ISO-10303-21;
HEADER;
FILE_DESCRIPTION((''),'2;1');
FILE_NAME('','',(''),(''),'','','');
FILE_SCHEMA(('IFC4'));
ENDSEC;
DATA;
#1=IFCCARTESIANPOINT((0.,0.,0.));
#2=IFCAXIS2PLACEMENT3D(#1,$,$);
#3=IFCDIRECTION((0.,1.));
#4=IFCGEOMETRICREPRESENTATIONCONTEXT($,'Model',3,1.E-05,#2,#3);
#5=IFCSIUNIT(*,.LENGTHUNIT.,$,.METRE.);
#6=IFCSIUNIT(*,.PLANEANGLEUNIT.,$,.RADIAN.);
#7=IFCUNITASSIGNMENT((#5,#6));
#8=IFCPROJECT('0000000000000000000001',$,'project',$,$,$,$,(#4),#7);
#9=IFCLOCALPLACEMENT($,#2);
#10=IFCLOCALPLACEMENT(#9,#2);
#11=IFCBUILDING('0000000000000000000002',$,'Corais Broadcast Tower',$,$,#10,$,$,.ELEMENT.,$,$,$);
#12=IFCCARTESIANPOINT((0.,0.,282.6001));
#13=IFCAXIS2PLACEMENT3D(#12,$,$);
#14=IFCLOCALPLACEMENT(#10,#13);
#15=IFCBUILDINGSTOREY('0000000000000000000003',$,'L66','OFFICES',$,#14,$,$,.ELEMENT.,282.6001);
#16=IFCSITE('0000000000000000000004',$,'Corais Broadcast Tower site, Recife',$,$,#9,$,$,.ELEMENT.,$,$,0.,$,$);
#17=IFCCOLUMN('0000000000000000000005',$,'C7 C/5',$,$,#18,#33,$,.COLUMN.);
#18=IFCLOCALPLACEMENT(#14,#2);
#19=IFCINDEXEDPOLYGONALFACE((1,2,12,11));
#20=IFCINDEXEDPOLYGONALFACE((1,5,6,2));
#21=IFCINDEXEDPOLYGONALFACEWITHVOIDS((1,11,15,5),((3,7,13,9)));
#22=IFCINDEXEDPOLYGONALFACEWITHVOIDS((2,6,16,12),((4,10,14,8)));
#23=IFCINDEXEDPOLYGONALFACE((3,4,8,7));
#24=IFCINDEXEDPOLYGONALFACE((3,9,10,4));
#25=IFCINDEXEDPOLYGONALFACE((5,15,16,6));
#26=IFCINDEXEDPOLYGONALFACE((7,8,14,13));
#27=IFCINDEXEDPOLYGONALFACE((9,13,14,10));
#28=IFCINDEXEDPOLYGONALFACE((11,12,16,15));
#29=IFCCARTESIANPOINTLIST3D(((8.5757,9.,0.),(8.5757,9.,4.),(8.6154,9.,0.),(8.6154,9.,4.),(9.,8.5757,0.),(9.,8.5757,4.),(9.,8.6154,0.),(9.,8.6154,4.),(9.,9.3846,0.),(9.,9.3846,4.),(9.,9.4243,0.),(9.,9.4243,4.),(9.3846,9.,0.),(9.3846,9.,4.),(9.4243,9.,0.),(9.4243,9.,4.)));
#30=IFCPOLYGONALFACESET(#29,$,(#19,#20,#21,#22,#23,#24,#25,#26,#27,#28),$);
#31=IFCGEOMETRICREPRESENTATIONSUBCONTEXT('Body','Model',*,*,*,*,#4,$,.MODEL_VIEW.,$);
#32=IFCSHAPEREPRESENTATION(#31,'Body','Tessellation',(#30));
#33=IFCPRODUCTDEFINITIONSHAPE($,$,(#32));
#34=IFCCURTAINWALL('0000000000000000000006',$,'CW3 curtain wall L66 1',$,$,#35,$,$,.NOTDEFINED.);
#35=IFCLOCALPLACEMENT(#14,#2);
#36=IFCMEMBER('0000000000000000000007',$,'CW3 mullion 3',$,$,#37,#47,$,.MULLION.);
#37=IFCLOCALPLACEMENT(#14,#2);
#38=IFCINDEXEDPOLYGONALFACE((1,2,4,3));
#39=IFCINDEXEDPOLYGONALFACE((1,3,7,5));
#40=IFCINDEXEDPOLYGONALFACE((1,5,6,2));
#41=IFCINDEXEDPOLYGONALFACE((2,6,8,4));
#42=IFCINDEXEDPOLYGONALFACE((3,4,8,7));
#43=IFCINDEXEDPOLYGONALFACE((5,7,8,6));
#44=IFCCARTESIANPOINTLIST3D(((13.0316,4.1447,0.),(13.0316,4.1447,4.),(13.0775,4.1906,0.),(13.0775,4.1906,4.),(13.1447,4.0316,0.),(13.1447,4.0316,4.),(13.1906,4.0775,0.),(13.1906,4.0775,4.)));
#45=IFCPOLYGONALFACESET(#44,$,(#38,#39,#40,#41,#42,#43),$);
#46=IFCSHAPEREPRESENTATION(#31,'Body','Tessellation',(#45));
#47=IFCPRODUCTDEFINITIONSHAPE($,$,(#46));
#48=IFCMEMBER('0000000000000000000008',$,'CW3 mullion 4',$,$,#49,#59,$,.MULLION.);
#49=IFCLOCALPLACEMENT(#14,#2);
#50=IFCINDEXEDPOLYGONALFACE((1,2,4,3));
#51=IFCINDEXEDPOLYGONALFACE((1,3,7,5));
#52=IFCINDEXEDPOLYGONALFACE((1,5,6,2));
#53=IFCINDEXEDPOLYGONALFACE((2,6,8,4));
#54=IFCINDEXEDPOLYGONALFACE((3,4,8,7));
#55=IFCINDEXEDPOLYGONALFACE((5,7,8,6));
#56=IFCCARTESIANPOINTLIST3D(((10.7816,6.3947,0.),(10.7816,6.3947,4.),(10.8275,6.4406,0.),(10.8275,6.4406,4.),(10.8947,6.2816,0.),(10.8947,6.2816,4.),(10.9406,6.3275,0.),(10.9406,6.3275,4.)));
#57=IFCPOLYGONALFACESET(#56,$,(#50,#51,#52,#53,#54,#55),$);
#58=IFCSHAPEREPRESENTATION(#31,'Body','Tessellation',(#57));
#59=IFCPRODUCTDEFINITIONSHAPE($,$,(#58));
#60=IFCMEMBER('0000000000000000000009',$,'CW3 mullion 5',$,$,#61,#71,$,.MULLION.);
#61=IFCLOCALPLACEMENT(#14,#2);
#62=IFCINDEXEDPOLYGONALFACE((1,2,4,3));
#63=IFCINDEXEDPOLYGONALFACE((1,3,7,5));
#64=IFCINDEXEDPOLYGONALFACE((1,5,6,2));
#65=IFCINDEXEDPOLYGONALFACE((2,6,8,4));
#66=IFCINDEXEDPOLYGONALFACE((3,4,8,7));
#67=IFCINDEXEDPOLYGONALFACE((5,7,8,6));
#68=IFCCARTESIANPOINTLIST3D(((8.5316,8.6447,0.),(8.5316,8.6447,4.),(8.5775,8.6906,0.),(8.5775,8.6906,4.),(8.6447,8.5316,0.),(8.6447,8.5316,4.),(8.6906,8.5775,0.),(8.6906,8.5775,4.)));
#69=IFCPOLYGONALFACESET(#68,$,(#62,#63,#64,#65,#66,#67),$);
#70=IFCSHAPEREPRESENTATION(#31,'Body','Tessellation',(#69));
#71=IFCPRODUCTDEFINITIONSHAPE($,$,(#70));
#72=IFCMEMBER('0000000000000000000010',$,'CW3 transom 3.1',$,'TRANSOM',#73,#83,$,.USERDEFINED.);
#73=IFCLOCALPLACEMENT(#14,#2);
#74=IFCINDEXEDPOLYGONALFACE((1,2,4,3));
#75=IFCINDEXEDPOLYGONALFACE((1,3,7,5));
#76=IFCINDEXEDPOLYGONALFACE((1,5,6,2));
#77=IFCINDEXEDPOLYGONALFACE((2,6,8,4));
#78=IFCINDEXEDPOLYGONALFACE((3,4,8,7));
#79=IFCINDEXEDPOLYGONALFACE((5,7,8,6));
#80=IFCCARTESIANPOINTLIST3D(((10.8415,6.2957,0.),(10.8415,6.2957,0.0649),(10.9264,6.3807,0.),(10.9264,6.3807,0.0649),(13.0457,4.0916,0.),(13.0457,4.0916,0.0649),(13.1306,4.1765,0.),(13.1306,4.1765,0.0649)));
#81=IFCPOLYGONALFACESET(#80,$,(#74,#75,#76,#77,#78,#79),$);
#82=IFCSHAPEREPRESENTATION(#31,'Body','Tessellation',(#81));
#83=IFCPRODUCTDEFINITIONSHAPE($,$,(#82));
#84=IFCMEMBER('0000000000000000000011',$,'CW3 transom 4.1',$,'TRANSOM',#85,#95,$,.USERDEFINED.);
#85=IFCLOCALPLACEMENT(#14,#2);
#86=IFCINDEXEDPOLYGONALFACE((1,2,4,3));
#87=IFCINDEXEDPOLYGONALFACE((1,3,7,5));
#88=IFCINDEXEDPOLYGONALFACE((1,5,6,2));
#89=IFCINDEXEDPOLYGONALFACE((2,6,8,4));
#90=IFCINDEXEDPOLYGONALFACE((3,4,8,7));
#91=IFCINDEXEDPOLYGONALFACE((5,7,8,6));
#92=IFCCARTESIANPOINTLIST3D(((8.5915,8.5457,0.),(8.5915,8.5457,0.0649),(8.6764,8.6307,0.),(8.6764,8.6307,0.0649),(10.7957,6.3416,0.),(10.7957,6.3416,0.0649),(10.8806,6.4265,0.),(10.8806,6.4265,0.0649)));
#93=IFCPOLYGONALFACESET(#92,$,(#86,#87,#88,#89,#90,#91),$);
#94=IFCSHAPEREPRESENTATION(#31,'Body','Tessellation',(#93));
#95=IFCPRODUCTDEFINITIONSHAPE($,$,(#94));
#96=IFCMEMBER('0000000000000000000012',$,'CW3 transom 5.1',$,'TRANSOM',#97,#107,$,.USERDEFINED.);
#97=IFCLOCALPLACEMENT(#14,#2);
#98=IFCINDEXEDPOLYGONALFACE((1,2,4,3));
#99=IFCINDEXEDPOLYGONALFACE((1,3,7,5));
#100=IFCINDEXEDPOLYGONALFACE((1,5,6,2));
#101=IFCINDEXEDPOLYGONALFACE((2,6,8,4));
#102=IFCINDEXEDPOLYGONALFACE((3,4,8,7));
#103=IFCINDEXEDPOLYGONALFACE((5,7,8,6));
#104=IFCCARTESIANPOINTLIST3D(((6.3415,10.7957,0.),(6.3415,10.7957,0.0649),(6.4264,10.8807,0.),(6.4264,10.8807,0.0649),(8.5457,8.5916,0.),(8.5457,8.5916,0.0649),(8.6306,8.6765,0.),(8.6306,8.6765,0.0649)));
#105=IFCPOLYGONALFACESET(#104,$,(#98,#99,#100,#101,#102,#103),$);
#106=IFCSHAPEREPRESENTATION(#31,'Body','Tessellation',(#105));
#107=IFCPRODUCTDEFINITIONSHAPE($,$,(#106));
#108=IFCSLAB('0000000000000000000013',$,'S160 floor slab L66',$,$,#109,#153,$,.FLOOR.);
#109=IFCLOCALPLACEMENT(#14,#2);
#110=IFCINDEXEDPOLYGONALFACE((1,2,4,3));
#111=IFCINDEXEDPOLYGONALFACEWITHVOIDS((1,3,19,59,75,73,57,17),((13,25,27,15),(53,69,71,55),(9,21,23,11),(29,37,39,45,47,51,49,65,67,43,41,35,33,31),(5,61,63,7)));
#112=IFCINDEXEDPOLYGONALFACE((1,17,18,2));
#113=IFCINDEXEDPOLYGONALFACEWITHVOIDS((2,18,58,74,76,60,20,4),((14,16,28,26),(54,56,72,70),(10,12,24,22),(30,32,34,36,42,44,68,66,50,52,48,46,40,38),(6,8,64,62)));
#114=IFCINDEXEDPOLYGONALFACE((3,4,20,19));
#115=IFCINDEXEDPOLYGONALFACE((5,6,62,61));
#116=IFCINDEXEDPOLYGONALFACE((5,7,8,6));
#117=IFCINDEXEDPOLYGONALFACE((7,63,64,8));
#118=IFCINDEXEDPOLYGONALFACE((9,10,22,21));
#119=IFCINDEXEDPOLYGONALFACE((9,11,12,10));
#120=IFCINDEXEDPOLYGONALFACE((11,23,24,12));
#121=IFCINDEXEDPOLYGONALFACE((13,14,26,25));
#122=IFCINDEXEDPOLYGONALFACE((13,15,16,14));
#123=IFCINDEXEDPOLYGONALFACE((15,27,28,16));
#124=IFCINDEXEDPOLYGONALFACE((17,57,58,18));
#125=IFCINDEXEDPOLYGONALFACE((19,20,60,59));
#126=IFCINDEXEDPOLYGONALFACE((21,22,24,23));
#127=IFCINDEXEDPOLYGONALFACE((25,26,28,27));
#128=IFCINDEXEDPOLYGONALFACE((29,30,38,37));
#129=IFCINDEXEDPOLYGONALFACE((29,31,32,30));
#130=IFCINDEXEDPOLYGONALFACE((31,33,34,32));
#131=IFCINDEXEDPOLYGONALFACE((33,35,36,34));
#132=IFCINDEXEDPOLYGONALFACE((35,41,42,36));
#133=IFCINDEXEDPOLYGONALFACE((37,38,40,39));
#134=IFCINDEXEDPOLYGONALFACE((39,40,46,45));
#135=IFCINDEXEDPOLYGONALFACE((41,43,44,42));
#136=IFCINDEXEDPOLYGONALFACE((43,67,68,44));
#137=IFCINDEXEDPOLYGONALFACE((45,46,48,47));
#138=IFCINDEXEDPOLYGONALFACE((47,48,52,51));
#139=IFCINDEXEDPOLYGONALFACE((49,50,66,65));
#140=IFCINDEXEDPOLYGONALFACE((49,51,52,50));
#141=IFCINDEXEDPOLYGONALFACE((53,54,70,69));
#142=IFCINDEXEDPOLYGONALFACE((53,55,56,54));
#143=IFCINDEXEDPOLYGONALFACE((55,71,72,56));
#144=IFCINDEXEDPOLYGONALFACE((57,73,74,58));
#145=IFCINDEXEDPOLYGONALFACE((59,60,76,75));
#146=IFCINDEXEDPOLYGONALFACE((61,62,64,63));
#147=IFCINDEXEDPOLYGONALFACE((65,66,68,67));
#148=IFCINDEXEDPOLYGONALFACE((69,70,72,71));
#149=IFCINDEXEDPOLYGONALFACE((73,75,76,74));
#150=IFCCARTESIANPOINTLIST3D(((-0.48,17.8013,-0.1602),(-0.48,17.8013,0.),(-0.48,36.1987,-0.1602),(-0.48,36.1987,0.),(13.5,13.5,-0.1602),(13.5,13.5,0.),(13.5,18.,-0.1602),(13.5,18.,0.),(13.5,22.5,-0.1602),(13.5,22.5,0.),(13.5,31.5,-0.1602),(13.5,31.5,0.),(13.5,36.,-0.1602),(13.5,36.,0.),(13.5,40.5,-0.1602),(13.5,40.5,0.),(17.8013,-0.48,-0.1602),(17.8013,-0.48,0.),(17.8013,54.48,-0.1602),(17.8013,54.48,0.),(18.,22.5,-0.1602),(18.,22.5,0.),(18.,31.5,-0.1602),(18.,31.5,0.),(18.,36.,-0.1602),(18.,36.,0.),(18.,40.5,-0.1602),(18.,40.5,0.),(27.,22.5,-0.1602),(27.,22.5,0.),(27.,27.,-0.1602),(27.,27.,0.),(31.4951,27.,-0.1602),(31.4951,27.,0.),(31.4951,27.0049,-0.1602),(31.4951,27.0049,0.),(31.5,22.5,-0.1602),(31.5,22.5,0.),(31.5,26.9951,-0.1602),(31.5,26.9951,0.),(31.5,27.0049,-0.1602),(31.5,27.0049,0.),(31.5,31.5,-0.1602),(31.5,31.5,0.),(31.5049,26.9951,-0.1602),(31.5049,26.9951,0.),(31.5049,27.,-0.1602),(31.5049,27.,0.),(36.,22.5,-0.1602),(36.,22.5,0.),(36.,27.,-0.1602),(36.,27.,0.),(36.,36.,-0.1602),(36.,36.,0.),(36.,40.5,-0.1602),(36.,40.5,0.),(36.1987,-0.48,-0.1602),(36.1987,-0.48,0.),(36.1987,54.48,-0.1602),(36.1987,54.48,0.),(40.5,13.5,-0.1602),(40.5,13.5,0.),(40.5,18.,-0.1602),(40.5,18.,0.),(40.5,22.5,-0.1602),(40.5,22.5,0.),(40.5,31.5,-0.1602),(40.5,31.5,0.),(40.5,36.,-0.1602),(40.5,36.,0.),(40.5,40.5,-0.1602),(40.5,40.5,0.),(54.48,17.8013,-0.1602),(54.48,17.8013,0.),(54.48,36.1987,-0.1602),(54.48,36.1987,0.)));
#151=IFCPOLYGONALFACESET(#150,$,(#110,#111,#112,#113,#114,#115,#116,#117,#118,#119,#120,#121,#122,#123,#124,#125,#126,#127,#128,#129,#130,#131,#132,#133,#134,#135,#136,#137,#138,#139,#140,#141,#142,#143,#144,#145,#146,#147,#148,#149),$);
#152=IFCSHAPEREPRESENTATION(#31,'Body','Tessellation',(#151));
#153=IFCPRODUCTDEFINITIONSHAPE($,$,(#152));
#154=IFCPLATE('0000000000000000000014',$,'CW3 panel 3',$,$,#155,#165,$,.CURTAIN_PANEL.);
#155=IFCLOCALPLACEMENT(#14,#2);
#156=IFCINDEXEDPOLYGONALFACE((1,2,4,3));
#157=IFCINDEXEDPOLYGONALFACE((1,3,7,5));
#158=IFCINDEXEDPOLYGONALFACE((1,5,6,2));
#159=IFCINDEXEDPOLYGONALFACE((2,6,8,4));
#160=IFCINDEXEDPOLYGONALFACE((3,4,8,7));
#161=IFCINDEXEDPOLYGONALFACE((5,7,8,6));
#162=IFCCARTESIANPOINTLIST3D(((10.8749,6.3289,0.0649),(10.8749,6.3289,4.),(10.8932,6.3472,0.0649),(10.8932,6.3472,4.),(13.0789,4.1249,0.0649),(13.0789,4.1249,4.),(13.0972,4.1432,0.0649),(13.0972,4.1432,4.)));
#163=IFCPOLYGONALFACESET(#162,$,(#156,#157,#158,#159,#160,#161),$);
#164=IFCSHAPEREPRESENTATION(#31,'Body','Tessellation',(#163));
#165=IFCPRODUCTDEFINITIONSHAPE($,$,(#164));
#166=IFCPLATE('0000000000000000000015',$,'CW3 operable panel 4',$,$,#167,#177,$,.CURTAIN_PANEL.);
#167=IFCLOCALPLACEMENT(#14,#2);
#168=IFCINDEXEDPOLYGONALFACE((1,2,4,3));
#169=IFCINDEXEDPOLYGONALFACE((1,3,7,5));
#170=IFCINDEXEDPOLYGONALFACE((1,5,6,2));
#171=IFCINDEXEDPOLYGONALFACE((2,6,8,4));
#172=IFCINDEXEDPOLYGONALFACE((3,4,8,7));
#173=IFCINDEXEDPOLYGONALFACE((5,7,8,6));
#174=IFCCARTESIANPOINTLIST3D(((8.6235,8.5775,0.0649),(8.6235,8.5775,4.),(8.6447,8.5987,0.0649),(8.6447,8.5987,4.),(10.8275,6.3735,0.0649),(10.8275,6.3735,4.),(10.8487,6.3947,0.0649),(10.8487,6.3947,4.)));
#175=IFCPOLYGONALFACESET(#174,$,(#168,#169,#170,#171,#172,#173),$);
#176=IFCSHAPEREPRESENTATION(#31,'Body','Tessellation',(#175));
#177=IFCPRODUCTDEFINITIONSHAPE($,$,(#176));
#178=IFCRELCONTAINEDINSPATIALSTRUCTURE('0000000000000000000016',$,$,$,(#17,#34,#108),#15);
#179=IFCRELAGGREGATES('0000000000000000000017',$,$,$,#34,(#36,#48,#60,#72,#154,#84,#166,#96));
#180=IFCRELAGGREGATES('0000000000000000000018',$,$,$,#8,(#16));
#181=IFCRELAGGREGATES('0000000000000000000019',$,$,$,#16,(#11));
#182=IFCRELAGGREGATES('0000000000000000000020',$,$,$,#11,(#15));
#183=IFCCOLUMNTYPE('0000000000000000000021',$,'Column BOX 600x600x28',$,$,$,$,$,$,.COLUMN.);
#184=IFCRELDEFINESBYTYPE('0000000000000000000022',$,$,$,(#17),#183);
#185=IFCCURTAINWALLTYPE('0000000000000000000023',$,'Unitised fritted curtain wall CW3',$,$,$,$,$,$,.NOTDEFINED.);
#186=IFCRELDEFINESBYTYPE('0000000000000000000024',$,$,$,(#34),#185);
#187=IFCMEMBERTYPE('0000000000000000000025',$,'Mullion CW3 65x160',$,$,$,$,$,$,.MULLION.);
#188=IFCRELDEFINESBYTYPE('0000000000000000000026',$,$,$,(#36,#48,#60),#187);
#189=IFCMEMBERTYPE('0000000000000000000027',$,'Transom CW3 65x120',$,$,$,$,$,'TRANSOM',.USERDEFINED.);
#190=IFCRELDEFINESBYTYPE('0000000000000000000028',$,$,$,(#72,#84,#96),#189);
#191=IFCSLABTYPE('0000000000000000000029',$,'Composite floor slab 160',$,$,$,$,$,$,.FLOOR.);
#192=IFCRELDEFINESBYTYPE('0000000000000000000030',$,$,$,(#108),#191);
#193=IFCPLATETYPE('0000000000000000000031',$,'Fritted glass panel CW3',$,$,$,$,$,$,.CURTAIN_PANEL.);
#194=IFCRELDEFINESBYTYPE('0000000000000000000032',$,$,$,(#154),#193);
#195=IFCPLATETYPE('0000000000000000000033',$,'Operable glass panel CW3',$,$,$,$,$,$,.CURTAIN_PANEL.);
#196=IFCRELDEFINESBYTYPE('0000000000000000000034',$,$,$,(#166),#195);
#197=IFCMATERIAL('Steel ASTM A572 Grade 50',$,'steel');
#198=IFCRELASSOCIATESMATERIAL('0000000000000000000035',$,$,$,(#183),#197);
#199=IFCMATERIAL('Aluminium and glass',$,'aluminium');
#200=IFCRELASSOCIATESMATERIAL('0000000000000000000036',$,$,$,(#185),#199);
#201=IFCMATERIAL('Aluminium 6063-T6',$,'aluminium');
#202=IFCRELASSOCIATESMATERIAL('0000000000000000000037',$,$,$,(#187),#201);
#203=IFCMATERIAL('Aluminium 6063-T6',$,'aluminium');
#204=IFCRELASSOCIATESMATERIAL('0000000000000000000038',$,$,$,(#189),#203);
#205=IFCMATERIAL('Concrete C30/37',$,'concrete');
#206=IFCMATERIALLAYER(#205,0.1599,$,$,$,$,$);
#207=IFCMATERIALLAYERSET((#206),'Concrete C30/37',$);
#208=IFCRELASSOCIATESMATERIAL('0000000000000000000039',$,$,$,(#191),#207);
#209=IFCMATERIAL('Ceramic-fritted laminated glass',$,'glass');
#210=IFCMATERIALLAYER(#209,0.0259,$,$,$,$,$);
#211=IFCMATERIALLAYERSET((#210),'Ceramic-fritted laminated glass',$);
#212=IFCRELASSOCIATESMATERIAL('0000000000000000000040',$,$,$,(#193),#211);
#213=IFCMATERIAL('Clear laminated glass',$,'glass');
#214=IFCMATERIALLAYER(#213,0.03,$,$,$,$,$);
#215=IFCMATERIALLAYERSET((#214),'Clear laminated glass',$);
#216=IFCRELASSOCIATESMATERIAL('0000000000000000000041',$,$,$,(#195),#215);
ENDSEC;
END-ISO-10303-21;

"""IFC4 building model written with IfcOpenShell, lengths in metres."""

from ifc_helpers import new_model, si_unit, direction, frame, origin, origin_2d, place, context, subcontext, project, spatial, polyline, rectangle, hollow_rectangle, outline, extrude, material, layer, layer_set, material_profile, profile_set, type_object, element, aggregate, save


model = new_model("IFC4")

# Units and contexts
model_context = context("Model", 3, precision=1e-05, world=origin(), true_north=direction((0.0, 1.0)))
body_context = subcontext(model_context, "Body", "Model", "MODEL_VIEW")
ifc_project = project(units=[si_unit("LENGTHUNIT", "METRE"), si_unit("PLANEANGLEUNIT", "RADIAN")], contexts=[model_context])

# Site, building, storey
site_placement = place(None, origin())
site = spatial("IfcSite", under=ifc_project, at=site_placement, Name="Corais Broadcast Tower site, Recife", CompositionType="ELEMENT", RefElevation=0.0)
building_placement = place(site_placement, origin())
building = spatial("IfcBuilding", under=site, at=building_placement, Name="Corais Broadcast Tower", CompositionType="ELEMENT")
storey_placement = place(building_placement, frame((0.0, 0.0, 282.6001)))
storey = spatial("IfcBuildingStorey", under=building, at=storey_placement, Name="L66", Description="OFFICES", CompositionType="ELEMENT", Elevation=282.6001)

# Column
ifc_material_1 = material(Name="Steel ASTM A572 Grade 50", Category="steel")
ifc_material_profile_1 = material_profile(ifc_material_1, hollow_rectangle(XDim=0.6001, YDim=0.6001, WallThickness=0.0281, at=origin_2d()), Name="BOX 600x600x28")
ifc_profile_set_1 = profile_set([ifc_material_profile_1], Name="Steel ASTM A572 Grade 50")
column_type = type_object("IfcColumnType", Name="Column BOX 600x600x28", PredefinedType="COLUMN", material=ifc_profile_set_1)
column_placement = place(storey_placement, frame((9.0, 9.0, 0.0), z_axis=(0.0, 0.0, 1.0), x_axis=(0.707107, 0.707107, 0.0)))
element("IfcColumn", 1, at=column_placement, inside=storey, type_object=column_type, Name="C7 C/5", PredefinedType="COLUMN", context=body_context, shape_type="SweptSolid", body=[
    extrude(hollow_rectangle(XDim=0.6001, YDim=0.6001, WallThickness=0.0281, at=origin_2d()), origin(), (0.0, 0.0, 1.0), 4.0),
])

# Curtain wall, members
ifc_material_2 = material(Name="Aluminium and glass", Category="aluminium")
curtain_wall_type = type_object("IfcCurtainWallType", Name="Unitised fritted curtain wall CW3", PredefinedType="NOTDEFINED", material=ifc_material_2)
curtain_wall_placement = place(storey_placement, origin())
curtain_wall = element("IfcCurtainWall", 2, at=curtain_wall_placement, inside=storey, type_object=curtain_wall_type, Name="CW3 curtain wall L66 1", PredefinedType="NOTDEFINED")
ifc_material_3 = material(Name="Aluminium 6063-T6", Category="aluminium")
ifc_material_profile_2 = material_profile(ifc_material_3, rectangle(XDim=0.0649, YDim=0.1599, at=origin_2d()), Name="Mullion CW3 65x160")
ifc_profile_set_2 = profile_set([ifc_material_profile_2], Name="Aluminium 6063-T6")
member_type_1 = type_object("IfcMemberType", Name="Mullion CW3 65x160", PredefinedType="MULLION", material=ifc_profile_set_2)
member_1_placement = place(storey_placement, frame((13.1111, 4.1111, 0.0), z_axis=(0.0, 0.0, 1.0), x_axis=(-0.707107, -0.707107, 0.0)))
member_1 = element("IfcMember", 3, at=member_1_placement, type_object=member_type_1, Name="CW3 mullion 3", PredefinedType="MULLION", context=body_context, shape_type="SweptSolid", body=[
    extrude(rectangle(XDim=0.0649, YDim=0.1599, at=origin_2d()), origin(), (0.0, 0.0, 1.0), 4.0),
])
member_2_placement = place(storey_placement, frame((10.8611, 6.3611, 0.0), z_axis=(0.0, 0.0, 1.0), x_axis=(-0.707107, -0.707107, 0.0)))
member_2 = element("IfcMember", 4, at=member_2_placement, type_object=member_type_1, Name="CW3 mullion 4", PredefinedType="MULLION", context=body_context, shape_type="SweptSolid", body=[
    extrude(rectangle(XDim=0.0649, YDim=0.1599, at=origin_2d()), origin(), (0.0, 0.0, 1.0), 4.0),
])
member_3_placement = place(storey_placement, frame((8.6111, 8.6111, 0.0), z_axis=(0.0, 0.0, 1.0), x_axis=(-0.707107, -0.707107, 0.0)))
member_3 = element("IfcMember", 5, at=member_3_placement, type_object=member_type_1, Name="CW3 mullion 5", PredefinedType="MULLION", context=body_context, shape_type="SweptSolid", body=[
    extrude(rectangle(XDim=0.0649, YDim=0.1599, at=origin_2d()), origin(), (0.0, 0.0, 1.0), 4.0),
])
ifc_material_4 = material(Name="Aluminium 6063-T6", Category="aluminium")
ifc_material_profile_3 = material_profile(ifc_material_4, rectangle(XDim=0.1201, YDim=0.0649, at=origin_2d()), Name="Transom CW3 65x120")
ifc_profile_set_3 = profile_set([ifc_material_profile_3], Name="Aluminium 6063-T6")
member_type_2 = type_object("IfcMemberType", Name="Transom CW3 65x120", ElementType="TRANSOM", PredefinedType="USERDEFINED", material=ifc_profile_set_3)
member_4_placement = place(storey_placement, frame((13.0881, 4.134, 0.0325), z_axis=(-0.707107, 0.707107, 0.0), x_axis=(-0.707107, -0.707107, 0.0)))
member_4 = element("IfcMember", 6, at=member_4_placement, type_object=member_type_2, Name="CW3 transom 3.1", ObjectType="TRANSOM", PredefinedType="USERDEFINED", context=body_context, shape_type="SweptSolid", body=[
    extrude(rectangle(XDim=0.1201, YDim=0.0649, at=origin_2d()), origin(), (0.0, 0.0, 1.0), 3.1172),
])
member_5_placement = place(storey_placement, frame((10.8381, 6.384, 0.0325), z_axis=(-0.707107, 0.707107, 0.0), x_axis=(-0.707107, -0.707107, 0.0)))
member_5 = element("IfcMember", 7, at=member_5_placement, type_object=member_type_2, Name="CW3 transom 4.1", ObjectType="TRANSOM", PredefinedType="USERDEFINED", context=body_context, shape_type="SweptSolid", body=[
    extrude(rectangle(XDim=0.1201, YDim=0.0649, at=origin_2d()), origin(), (0.0, 0.0, 1.0), 3.1172),
])
member_6_placement = place(storey_placement, frame((8.5881, 8.634, 0.0325), z_axis=(-0.707107, 0.707107, 0.0), x_axis=(-0.707107, -0.707107, 0.0)))
member_6 = element("IfcMember", 8, at=member_6_placement, type_object=member_type_2, Name="CW3 transom 5.1", ObjectType="TRANSOM", PredefinedType="USERDEFINED", context=body_context, shape_type="SweptSolid", body=[
    extrude(rectangle(XDim=0.1201, YDim=0.0649, at=origin_2d()), origin(), (0.0, 0.0, 1.0), 3.1172),
])

# Slab
ifc_material_5 = material(Name="Concrete C30/37", Category="concrete")
ifc_layer_1 = layer(ifc_material_5, 0.1599)
ifc_layer_set_1 = layer_set([ifc_layer_1], Name="Concrete C30/37")
slab_type_1 = type_object("IfcSlabType", Name="Composite floor slab 160", PredefinedType="FLOOR", material=ifc_layer_set_1)
slab_1_placement = place(storey_placement, frame((0.0, 0.0, -0.1602)))
element("IfcSlab", 9, at=slab_1_placement, inside=storey, type_object=slab_type_1, Name="S160 floor slab L66", PredefinedType="FLOOR", context=body_context, shape_type="SweptSolid", body=[
    extrude(outline(polyline([(17.8013, -0.48), (-0.48, 17.8013), (-0.48, 36.1987), (17.8013, 54.48), (36.1987, 54.48), (54.48, 36.1987), (54.48, 17.8013), (36.1987, -0.48), (17.8013, -0.48)]), holes=[polyline([(13.5, 18.0), (40.5, 18.0), (40.5, 13.5), (13.5, 13.5), (13.5, 18.0)]), polyline([(18.0, 22.5), (13.5, 22.5), (13.5, 31.5), (18.0, 31.5), (18.0, 22.5)]), polyline([(18.0, 36.0), (13.5, 36.0), (13.5, 40.5), (18.0, 40.5), (18.0, 36.0)]), polyline([(31.5, 22.5), (27.0, 22.5), (27.0, 27.0), (31.4951, 27.0), (31.4951, 27.0049), (31.5, 27.0049), (31.5, 31.5), (40.5, 31.5), (40.5, 22.5), (36.0, 22.5), (36.0, 27.0), (31.5049, 27.0), (31.5049, 26.9951), (31.5, 26.9951), (31.5, 22.5)]), polyline([(40.5, 36.0), (36.0, 36.0), (36.0, 40.5), (40.5, 40.5), (40.5, 36.0)])]), origin(), (0.0, 0.0, 1.0), 0.1602),
])

# Plates
ifc_material_6 = material(Name="Ceramic-fritted laminated glass", Category="glass")
ifc_layer_2 = layer(ifc_material_6, 0.0259)
ifc_layer_set_2 = layer_set([ifc_layer_2], Name="Ceramic-fritted laminated glass")
plate_type_1 = type_object("IfcPlateType", Name="Fritted glass panel CW3", PredefinedType="CURTAIN_PANEL", material=ifc_layer_set_2)
plate_1_placement = place(storey_placement, frame((11.9861, 5.2361, 0.0649), z_axis=(0.0, 0.0, 1.0), x_axis=(-0.707107, 0.707107, 0.0)))
plate_1 = element("IfcPlate", 10, at=plate_1_placement, type_object=plate_type_1, Name="CW3 panel 3", PredefinedType="CURTAIN_PANEL", context=body_context, shape_type="SweptSolid", body=[
    extrude(rectangle(XDim=3.1169, YDim=0.0259, at=origin_2d()), origin(), (0.0, 0.0, 1.0), 3.9351),
])
ifc_material_7 = material(Name="Clear laminated glass", Category="glass")
ifc_layer_3 = layer(ifc_material_7, 0.03)
ifc_layer_set_3 = layer_set([ifc_layer_3], Name="Clear laminated glass")
plate_type_2 = type_object("IfcPlateType", Name="Operable glass panel CW3", PredefinedType="CURTAIN_PANEL", material=ifc_layer_set_3)
plate_2_placement = place(storey_placement, frame((9.7361, 7.4861, 0.0649), z_axis=(0.0, 0.0, 1.0), x_axis=(-0.707107, 0.707107, 0.0)))
plate_2 = element("IfcPlate", 11, at=plate_2_placement, type_object=plate_type_2, Name="CW3 operable panel 4", PredefinedType="CURTAIN_PANEL", context=body_context, shape_type="SweptSolid", body=[
    extrude(rectangle(XDim=3.1169, YDim=0.03, at=origin_2d()), origin(), (0.0, 0.0, 1.0), 3.9351),
])
aggregate(curtain_wall, [member_1, member_2, member_3, member_4, plate_1, member_5, plate_2, member_6])

save(model, "model.ifc")
